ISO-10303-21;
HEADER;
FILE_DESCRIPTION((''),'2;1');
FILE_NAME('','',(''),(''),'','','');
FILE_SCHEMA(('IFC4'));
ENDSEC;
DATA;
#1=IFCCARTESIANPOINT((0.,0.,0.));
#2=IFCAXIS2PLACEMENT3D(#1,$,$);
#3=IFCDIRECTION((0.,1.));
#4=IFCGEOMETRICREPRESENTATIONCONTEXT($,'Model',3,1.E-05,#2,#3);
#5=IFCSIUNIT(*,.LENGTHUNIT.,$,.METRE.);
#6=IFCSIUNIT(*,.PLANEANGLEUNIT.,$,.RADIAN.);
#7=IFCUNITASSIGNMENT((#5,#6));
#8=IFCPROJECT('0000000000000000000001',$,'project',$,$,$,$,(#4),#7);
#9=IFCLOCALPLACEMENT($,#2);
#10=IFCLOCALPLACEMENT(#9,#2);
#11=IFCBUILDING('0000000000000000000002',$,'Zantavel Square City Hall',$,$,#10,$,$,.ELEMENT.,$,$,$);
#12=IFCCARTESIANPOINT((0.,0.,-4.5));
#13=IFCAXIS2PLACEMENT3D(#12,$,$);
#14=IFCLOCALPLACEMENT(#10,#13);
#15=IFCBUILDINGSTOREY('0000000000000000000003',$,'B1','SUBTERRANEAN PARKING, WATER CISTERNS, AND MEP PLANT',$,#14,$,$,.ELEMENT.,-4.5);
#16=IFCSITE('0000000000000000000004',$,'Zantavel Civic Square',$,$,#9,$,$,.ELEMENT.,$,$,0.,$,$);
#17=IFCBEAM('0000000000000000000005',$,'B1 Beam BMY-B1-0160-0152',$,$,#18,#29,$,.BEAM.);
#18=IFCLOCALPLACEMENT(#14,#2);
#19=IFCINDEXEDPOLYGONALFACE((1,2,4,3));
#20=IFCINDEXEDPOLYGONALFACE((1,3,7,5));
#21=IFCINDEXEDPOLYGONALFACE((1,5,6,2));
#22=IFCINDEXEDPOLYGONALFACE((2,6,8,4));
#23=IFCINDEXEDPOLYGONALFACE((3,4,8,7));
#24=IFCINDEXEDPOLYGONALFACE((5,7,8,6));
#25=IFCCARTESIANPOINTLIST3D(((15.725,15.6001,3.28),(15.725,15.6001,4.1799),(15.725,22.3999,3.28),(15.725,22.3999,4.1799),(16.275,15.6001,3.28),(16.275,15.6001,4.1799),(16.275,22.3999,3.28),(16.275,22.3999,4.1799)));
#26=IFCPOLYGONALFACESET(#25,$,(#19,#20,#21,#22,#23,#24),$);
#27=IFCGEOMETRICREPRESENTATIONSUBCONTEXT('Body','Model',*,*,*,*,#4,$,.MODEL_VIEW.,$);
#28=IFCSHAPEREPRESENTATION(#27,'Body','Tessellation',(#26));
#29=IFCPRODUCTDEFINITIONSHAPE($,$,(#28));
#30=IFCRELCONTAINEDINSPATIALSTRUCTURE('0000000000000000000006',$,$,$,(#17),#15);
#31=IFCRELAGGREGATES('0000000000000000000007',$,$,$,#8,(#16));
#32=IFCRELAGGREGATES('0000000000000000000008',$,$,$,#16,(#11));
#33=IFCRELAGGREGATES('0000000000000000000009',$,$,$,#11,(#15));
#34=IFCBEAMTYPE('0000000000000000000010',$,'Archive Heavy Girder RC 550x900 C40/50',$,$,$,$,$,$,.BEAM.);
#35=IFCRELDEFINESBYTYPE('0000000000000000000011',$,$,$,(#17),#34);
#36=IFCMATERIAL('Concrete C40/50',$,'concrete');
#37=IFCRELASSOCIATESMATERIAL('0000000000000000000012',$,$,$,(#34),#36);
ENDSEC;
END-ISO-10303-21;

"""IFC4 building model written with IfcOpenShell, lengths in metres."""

from ifc_helpers import new_model, si_unit, direction, frame, origin, origin_2d, place, context, subcontext, project, spatial, rectangle, extrude, material, material_profile, profile_set, type_object, element, save


model = new_model("IFC4")

# Units and contexts
model_context = context("Model", 3, precision=1e-05, world=origin(), true_north=direction((0.0, 1.0)))
body_context = subcontext(model_context, "Body", "Model", "MODEL_VIEW")
ifc_project = project(units=[si_unit("LENGTHUNIT", "METRE"), si_unit("PLANEANGLEUNIT", "RADIAN")], contexts=[model_context])

# Site, building, storey
site_placement = place(None, origin())
site = spatial("IfcSite", under=ifc_project, at=site_placement, Name="Zantavel Civic Square", CompositionType="ELEMENT", RefElevation=0.0)
building_placement = place(site_placement, origin())
building = spatial("IfcBuilding", under=site, at=building_placement, Name="Zantavel Square City Hall", CompositionType="ELEMENT")
storey_placement = place(building_placement, frame((0.0, 0.0, -4.5)))
storey = spatial("IfcBuildingStorey", under=building, at=storey_placement, Name="B1", Description="SUBTERRANEAN PARKING, WATER CISTERNS, AND MEP PLANT", CompositionType="ELEMENT", Elevation=-4.5)

# Shared definitions
ifc_material_1 = material(Name="Concrete C40/50", Category="concrete")

# Beam
ifc_material_profile_1 = material_profile(ifc_material_1, rectangle(XDim=0.55, YDim=0.8999, at=origin_2d()), Name="RC 550x900")
ifc_profile_set_1 = profile_set([ifc_material_profile_1], Name="Concrete C40/50")
beam_type_1 = type_object("IfcBeamType", Name="Archive Heavy Girder RC 550x900 C40/50", PredefinedType="BEAM", material=ifc_profile_set_1)
beam_1_placement = place(storey_placement, frame((16.0, 15.6001, 3.73), z_axis=(0.0, 1.0, 0.0), x_axis=(-1.0, 0.0, 0.0)))
element("IfcBeam", 1, at=beam_1_placement, inside=storey, type_object=beam_type_1, Name="B1 Beam BMY-B1-0160-0152", PredefinedType="BEAM", context=body_context, shape_type="SweptSolid", body=[
    extrude(rectangle(XDim=0.55, YDim=0.8999, at=origin_2d()), origin(), (0.0, 0.0, 1.0), 6.7998),
])

save(model, "model.ifc")
